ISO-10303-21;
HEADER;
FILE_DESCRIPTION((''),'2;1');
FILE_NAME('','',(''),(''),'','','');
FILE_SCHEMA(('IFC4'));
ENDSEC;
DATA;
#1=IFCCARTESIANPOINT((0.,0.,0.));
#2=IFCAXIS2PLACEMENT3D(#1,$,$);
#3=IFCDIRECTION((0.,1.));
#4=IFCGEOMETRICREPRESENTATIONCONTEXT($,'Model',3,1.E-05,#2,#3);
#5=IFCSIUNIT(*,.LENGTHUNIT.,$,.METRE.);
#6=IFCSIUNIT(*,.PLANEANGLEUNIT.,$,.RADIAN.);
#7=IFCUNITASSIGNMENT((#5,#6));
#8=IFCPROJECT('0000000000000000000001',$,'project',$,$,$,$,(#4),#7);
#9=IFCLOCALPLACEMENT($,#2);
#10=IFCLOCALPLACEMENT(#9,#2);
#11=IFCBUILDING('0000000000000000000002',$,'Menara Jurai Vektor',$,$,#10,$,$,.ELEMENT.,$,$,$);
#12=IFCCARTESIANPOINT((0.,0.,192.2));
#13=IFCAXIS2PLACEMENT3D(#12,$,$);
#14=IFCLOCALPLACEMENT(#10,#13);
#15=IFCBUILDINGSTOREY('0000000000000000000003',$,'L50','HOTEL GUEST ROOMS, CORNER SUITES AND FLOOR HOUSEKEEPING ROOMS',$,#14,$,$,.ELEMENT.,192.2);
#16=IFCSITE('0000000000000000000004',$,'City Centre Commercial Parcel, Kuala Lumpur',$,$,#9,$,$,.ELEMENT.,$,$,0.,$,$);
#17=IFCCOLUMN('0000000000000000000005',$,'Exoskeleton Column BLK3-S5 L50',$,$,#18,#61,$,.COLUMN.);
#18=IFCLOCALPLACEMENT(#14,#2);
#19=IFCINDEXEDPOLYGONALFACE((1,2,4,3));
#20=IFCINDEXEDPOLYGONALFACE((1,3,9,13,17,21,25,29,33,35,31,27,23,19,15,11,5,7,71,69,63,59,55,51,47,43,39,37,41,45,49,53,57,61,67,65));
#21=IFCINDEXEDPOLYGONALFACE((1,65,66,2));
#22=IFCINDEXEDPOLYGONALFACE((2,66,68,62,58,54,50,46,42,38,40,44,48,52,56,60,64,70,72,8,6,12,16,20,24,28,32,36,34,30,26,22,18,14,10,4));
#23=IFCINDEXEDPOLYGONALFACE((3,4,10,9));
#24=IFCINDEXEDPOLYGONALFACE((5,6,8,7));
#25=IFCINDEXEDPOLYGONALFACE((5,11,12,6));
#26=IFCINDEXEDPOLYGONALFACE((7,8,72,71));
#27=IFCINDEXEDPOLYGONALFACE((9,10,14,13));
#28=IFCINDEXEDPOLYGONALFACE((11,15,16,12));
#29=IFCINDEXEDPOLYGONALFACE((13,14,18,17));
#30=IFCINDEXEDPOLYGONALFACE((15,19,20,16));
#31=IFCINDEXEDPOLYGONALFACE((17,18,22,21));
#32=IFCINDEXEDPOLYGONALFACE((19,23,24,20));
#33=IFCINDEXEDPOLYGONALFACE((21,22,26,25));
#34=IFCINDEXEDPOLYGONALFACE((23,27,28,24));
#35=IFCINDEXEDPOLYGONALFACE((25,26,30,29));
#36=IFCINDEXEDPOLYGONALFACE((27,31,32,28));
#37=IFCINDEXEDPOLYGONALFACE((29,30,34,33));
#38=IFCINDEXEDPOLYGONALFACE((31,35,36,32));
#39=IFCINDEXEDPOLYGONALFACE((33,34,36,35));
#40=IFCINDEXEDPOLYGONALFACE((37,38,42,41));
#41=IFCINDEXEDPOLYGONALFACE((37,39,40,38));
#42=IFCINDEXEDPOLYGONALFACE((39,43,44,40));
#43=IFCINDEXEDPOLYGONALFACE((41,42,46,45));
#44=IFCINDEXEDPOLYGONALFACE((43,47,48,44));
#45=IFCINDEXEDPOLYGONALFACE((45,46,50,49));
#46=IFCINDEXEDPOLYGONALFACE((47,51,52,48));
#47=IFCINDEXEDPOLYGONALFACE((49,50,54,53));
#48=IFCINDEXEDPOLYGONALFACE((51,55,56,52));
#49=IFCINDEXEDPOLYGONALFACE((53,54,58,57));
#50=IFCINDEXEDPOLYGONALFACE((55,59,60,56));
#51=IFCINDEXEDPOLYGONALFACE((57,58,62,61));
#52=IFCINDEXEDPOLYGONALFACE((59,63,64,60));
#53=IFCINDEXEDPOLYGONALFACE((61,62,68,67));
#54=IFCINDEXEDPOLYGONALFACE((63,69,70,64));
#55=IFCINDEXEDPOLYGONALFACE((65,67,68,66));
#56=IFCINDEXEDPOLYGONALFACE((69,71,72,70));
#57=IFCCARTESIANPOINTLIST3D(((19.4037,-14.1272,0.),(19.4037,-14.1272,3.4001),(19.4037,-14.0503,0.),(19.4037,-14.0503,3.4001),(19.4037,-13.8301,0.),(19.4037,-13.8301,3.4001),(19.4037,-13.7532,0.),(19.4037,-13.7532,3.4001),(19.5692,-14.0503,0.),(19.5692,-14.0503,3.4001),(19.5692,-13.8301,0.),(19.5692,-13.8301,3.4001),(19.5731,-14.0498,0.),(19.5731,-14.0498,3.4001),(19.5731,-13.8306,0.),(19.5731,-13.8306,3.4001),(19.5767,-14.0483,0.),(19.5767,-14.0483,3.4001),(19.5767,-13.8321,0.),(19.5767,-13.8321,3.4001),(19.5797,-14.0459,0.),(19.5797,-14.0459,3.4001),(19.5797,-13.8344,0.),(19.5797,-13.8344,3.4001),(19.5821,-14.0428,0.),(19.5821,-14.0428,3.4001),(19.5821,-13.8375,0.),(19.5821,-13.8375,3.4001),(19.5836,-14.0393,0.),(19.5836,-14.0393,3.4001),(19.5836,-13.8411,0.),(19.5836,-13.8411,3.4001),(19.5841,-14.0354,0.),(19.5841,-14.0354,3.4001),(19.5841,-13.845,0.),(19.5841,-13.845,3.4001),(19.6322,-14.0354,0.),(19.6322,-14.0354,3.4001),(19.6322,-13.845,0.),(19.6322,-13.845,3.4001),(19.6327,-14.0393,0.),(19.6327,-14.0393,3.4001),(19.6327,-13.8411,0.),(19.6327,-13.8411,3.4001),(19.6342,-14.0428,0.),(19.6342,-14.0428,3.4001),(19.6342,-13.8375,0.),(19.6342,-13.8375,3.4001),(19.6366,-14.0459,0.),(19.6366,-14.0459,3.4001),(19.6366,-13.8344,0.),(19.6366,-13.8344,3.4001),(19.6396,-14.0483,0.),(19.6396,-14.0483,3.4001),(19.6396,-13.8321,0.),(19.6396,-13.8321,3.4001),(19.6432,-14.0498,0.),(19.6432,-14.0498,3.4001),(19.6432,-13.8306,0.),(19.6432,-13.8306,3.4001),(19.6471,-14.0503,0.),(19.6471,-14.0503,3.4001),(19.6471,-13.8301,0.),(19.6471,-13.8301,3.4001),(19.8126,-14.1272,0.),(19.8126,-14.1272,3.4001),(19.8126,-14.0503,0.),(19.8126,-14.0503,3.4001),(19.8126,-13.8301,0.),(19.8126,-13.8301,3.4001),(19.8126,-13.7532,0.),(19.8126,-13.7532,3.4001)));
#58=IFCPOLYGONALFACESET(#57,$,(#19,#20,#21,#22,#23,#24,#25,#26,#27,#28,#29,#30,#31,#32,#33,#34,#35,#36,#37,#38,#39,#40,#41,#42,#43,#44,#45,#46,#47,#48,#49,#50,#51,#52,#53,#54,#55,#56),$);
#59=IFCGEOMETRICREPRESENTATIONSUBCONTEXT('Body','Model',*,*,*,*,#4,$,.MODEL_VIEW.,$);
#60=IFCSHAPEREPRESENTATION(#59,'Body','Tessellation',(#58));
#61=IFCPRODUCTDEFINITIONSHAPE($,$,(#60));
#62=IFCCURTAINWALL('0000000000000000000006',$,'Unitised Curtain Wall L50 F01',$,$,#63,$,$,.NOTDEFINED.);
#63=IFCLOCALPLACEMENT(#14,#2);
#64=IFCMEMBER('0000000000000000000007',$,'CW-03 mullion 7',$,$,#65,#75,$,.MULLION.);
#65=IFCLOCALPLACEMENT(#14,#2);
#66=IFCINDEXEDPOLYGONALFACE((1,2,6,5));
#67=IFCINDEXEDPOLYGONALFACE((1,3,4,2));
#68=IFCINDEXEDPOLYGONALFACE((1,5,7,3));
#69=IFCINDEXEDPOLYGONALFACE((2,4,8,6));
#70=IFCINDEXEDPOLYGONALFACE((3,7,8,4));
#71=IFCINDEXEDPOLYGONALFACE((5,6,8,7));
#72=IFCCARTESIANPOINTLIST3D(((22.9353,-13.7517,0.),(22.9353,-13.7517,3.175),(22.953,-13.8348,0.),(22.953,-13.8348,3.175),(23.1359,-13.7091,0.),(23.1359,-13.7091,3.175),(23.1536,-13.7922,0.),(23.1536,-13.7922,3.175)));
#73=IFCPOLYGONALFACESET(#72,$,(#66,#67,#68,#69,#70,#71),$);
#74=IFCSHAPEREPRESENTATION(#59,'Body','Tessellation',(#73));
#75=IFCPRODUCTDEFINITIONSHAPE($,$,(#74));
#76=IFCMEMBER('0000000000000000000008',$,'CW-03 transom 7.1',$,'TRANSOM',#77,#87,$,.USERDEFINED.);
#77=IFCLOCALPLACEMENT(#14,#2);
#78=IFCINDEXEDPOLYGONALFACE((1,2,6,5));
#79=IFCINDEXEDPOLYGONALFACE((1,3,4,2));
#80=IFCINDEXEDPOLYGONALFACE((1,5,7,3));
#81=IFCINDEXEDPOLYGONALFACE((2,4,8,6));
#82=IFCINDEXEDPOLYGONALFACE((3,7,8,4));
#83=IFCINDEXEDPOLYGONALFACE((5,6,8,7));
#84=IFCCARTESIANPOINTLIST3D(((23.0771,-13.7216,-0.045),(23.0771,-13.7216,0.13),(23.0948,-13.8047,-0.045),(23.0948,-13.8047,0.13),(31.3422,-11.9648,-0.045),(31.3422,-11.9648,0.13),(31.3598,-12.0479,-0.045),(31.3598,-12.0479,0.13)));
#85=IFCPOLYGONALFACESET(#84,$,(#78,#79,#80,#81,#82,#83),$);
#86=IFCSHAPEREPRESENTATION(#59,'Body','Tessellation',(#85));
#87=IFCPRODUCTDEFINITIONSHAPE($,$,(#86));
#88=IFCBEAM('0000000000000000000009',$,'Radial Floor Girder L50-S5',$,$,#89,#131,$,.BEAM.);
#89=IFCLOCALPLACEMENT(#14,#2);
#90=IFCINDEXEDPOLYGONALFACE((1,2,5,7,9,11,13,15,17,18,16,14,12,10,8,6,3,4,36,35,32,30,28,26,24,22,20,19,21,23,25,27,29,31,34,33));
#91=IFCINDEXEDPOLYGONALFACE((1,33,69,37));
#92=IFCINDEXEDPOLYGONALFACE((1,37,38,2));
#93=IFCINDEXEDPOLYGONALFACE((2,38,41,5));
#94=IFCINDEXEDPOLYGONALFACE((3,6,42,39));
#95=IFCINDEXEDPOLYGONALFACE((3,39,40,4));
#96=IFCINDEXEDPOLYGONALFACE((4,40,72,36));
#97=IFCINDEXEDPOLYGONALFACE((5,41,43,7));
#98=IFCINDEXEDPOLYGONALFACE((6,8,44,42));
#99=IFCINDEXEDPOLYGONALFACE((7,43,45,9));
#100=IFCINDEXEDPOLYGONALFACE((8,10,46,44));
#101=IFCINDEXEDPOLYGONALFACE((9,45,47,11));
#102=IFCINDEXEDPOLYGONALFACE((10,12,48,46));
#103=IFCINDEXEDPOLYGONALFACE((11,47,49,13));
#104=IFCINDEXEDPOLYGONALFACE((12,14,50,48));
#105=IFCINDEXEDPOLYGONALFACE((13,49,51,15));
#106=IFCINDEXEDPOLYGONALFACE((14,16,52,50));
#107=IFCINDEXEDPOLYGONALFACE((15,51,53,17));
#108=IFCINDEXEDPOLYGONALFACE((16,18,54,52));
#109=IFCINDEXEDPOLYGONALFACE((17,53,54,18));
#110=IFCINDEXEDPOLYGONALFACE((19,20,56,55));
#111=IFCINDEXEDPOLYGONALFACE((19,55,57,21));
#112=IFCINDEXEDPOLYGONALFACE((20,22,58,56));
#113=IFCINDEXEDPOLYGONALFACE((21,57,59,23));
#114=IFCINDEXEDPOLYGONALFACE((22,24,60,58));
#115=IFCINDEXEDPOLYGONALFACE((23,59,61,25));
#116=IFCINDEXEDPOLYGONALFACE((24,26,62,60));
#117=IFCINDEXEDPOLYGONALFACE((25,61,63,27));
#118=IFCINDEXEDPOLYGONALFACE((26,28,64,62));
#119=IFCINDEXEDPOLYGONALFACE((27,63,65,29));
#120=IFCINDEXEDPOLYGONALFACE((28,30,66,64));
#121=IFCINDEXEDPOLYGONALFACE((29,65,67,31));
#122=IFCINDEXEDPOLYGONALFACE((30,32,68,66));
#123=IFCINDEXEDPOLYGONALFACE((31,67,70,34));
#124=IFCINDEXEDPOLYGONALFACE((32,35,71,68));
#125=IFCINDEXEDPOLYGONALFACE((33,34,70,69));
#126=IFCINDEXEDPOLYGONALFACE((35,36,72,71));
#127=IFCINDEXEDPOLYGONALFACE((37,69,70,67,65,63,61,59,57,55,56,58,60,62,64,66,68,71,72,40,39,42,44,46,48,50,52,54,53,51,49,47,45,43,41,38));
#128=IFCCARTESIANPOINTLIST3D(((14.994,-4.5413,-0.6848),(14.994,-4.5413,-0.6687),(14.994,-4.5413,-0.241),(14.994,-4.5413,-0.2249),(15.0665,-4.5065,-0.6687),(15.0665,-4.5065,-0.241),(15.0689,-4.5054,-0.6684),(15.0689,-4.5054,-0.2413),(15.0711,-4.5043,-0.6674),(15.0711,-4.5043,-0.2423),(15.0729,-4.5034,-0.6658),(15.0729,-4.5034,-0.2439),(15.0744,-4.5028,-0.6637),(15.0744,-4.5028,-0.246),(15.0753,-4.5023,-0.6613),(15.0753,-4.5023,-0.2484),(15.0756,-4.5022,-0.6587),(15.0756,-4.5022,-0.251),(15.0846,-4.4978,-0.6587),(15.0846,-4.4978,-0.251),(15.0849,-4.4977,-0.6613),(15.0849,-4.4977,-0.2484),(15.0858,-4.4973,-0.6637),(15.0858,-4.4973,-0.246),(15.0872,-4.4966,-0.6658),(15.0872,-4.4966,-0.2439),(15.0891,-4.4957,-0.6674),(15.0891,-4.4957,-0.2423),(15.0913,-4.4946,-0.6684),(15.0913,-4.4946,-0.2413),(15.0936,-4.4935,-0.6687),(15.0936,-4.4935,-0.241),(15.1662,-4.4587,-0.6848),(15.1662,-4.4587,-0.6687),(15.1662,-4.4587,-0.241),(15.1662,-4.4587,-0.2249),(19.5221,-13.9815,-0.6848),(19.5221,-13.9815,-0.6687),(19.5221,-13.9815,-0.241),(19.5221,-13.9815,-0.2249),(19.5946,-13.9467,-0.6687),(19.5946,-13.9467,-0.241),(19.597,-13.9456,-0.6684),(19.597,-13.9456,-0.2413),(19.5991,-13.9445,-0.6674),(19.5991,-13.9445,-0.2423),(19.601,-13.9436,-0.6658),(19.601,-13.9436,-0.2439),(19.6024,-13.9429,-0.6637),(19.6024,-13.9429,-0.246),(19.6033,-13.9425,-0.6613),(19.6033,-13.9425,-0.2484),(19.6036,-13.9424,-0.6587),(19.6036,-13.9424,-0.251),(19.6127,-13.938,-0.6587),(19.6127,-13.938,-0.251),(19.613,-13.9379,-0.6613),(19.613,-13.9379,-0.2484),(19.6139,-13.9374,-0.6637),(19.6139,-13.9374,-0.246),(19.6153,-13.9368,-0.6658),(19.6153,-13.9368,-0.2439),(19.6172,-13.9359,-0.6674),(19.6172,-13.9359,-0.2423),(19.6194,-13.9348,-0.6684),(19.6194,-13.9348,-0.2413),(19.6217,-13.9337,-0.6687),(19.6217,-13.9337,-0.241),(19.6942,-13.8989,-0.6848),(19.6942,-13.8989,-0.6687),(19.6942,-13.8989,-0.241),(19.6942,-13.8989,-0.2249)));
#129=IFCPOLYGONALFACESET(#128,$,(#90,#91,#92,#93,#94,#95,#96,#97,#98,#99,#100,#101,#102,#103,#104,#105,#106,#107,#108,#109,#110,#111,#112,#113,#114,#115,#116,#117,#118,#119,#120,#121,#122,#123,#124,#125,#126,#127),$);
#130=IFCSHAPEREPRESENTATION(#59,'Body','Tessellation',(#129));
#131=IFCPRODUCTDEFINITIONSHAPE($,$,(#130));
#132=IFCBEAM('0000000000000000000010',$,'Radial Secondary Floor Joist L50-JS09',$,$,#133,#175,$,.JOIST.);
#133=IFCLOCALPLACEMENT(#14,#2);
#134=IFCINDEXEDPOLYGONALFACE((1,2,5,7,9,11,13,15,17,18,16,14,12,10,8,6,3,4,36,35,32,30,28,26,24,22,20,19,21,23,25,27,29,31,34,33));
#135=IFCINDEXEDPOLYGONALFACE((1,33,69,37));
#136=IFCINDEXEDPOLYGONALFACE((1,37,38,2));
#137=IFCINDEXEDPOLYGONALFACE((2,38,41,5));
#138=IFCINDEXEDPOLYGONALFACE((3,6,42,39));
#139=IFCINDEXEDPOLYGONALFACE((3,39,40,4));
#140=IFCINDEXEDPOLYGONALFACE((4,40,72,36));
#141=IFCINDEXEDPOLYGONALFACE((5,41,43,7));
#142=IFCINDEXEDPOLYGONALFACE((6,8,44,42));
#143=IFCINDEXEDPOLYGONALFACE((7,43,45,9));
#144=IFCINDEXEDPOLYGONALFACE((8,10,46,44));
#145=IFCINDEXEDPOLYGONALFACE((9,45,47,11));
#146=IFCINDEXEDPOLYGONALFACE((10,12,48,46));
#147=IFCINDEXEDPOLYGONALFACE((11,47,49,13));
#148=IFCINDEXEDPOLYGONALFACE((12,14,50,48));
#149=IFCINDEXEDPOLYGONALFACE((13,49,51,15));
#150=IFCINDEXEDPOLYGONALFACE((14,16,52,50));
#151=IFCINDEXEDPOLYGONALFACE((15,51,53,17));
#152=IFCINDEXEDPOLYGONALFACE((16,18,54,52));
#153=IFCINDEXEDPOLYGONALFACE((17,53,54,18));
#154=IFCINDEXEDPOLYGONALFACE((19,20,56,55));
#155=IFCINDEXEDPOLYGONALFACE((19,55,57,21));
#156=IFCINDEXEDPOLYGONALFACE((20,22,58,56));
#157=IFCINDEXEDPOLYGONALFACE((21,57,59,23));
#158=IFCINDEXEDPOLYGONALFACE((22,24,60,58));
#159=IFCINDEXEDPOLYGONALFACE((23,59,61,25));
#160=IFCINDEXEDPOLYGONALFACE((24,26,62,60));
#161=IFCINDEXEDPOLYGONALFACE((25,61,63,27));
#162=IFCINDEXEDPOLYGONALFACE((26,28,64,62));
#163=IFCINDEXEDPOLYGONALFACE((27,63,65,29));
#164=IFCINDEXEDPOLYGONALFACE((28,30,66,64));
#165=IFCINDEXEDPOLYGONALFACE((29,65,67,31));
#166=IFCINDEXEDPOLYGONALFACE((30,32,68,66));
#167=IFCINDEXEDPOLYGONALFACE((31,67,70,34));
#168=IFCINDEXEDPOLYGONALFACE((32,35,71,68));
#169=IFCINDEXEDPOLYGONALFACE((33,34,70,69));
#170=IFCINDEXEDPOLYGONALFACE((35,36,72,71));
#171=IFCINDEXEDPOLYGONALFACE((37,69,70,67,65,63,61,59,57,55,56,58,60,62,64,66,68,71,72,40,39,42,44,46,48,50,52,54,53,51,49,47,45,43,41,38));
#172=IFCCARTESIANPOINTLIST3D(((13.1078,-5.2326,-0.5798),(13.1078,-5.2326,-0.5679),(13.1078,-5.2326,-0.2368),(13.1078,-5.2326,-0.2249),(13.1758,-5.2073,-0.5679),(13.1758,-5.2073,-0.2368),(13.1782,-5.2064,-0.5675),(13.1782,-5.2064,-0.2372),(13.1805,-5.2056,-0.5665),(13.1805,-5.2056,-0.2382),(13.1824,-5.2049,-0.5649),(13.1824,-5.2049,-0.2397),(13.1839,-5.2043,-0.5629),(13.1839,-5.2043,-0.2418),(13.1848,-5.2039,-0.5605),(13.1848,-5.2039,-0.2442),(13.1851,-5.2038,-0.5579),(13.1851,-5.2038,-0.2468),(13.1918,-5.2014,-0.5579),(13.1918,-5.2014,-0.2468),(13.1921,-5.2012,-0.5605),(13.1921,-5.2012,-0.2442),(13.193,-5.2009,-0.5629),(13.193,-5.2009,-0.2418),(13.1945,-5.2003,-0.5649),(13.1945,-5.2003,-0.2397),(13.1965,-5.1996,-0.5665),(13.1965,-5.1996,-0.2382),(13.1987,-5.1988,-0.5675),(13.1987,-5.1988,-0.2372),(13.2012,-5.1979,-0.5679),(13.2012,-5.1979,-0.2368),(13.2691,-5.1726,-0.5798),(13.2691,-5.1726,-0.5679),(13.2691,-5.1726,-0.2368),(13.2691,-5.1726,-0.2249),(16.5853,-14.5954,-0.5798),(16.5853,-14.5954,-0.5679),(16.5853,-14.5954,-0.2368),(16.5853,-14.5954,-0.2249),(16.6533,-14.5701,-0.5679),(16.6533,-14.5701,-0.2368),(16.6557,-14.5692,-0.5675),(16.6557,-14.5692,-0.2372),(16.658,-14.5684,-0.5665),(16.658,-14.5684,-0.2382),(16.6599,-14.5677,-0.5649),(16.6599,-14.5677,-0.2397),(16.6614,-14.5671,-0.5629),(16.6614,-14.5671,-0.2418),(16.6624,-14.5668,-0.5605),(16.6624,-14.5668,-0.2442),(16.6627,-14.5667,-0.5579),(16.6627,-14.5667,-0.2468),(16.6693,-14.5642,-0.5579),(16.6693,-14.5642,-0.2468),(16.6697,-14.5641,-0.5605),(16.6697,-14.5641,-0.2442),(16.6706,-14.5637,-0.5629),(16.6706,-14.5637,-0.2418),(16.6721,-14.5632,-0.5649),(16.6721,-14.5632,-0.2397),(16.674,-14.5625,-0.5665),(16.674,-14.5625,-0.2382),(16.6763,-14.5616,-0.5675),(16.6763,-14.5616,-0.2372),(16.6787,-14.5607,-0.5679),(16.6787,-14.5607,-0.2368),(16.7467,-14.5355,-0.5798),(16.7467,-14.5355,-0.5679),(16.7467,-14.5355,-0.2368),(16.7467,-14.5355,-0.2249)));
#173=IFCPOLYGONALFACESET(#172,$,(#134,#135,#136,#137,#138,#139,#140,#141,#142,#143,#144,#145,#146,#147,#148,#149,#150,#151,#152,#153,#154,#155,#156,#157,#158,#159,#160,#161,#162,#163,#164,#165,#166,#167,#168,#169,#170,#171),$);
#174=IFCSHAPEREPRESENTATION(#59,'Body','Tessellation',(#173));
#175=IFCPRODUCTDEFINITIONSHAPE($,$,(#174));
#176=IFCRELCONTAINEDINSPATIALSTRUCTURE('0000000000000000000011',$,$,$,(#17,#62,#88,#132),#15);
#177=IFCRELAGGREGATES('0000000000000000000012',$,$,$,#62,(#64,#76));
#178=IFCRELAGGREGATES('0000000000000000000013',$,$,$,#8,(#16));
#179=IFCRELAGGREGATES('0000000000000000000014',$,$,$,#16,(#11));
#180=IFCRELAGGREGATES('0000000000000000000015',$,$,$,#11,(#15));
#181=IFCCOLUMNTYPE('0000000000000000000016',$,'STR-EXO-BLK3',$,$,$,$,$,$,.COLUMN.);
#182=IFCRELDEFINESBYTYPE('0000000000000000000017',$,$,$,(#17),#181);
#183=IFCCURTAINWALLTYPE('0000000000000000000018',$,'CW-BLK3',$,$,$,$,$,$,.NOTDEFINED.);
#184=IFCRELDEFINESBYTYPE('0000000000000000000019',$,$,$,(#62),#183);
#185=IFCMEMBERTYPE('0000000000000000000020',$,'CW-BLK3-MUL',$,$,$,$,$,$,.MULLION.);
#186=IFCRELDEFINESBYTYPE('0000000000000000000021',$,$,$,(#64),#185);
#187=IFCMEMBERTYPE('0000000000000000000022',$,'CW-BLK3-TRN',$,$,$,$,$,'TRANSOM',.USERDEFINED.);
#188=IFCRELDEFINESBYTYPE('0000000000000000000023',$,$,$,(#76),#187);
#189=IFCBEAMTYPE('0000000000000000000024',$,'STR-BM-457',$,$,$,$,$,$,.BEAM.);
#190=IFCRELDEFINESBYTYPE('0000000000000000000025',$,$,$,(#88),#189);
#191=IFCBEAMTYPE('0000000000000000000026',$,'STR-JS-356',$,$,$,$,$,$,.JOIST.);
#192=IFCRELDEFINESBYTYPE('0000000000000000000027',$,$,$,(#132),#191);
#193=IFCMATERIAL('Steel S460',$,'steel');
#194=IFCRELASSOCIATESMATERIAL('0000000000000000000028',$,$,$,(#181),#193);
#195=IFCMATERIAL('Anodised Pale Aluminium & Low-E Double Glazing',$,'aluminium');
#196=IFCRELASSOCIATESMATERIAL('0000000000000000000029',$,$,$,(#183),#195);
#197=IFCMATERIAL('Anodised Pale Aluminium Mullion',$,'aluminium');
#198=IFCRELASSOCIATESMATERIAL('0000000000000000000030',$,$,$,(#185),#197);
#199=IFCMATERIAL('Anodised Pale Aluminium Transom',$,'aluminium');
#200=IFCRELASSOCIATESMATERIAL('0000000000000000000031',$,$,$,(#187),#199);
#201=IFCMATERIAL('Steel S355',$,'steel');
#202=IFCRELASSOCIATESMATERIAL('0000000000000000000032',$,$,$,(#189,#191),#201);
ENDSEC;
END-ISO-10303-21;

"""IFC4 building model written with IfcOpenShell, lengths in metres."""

from ifc_helpers import new_model, si_unit, direction, frame, origin, origin_2d, place, context, subcontext, project, spatial, rectangle, i_section, extrude, material, material_profile, profile_set, type_object, element, aggregate, save


model = new_model("IFC4")

# Units and contexts
model_context = context("Model", 3, precision=1e-05, world=origin(), true_north=direction((0.0, 1.0)))
body_context = subcontext(model_context, "Body", "Model", "MODEL_VIEW")
ifc_project = project(units=[si_unit("LENGTHUNIT", "METRE"), si_unit("PLANEANGLEUNIT", "RADIAN")], contexts=[model_context])

# Site, building, storey
site_placement = place(None, origin())
site = spatial("IfcSite", under=ifc_project, at=site_placement, Name="City Centre Commercial Parcel, Kuala Lumpur", CompositionType="ELEMENT", RefElevation=0.0)
building_placement = place(site_placement, origin())
building = spatial("IfcBuilding", under=site, at=building_placement, Name="Menara Jurai Vektor", CompositionType="ELEMENT")
storey_placement = place(building_placement, frame((0.0, 0.0, 192.2)))
storey = spatial("IfcBuildingStorey", under=building, at=storey_placement, Name="L50", Description="HOTEL GUEST ROOMS, CORNER SUITES AND FLOOR HOUSEKEEPING ROOMS", CompositionType="ELEMENT", Elevation=192.2)

# Column
ifc_material_1 = material(Name="Steel S460", Category="steel")
ifc_material_profile_1 = material_profile(ifc_material_1, i_section(OverallWidth=0.4089, OverallDepth=0.374, WebThickness=0.0481, FlangeThickness=0.0769, FilletRadius=0.0149, at=origin_2d()), Name="HD 400x634")
ifc_profile_set_1 = profile_set([ifc_material_profile_1], Name="Steel S460")
column_type = type_object("IfcColumnType", Name="STR-EXO-BLK3", PredefinedType="COLUMN", material=ifc_profile_set_1)
column_placement = place(storey_placement, frame((19.6082, -13.9402, 0.0), z_axis=(0.0, 0.0, 1.0), x_axis=(1.0, 0.0, 0.0)))
element("IfcColumn", 1, at=column_placement, inside=storey, type_object=column_type, Name="Exoskeleton Column BLK3-S5 L50", PredefinedType="COLUMN", context=body_context, shape_type="SweptSolid", body=[
    extrude(i_section(OverallWidth=0.4089, OverallDepth=0.374, WebThickness=0.0481, FlangeThickness=0.0769, FilletRadius=0.0149, at=origin_2d()), origin(), (0.0, 0.0, 1.0), 3.4001),
])

# Curtain wall, members
ifc_material_2 = material(Name="Anodised Pale Aluminium & Low-E Double Glazing", Category="aluminium")
curtain_wall_type = type_object("IfcCurtainWallType", Name="CW-BLK3", PredefinedType="NOTDEFINED", material=ifc_material_2)
curtain_wall_placement = place(storey_placement, origin())
curtain_wall = element("IfcCurtainWall", 2, at=curtain_wall_placement, inside=storey, type_object=curtain_wall_type, Name="Unitised Curtain Wall L50 F01", PredefinedType="NOTDEFINED")
ifc_material_3 = material(Name="Anodised Pale Aluminium Mullion", Category="aluminium")
ifc_material_profile_2 = material_profile(ifc_material_3, rectangle(XDim=0.085, YDim=0.2051, at=origin_2d()), Name="ALU MUL 85x205")
ifc_profile_set_2 = profile_set([ifc_material_profile_2], Name="Anodised Pale Aluminium Mullion")
member_type_1 = type_object("IfcMemberType", Name="CW-BLK3-MUL", PredefinedType="MULLION", material=ifc_profile_set_2)
member_1_placement = place(storey_placement, frame((23.0444, -13.772, 0.0), z_axis=(0.0, 0.0, 1.0), x_axis=(-0.207911, 0.978148, 0.0)))
member_1 = element("IfcMember", 3, at=member_1_placement, type_object=member_type_1, Name="CW-03 mullion 7", PredefinedType="MULLION", context=body_context, shape_type="SweptSolid", body=[
    extrude(rectangle(XDim=0.085, YDim=0.2051, at=origin_2d()), origin(), (0.0, 0.0, 1.0), 3.175),
])
ifc_material_4 = material(Name="Anodised Pale Aluminium Transom", Category="aluminium")
ifc_material_profile_3 = material_profile(ifc_material_4, rectangle(XDim=0.085, YDim=0.175, at=origin_2d()), Name="ALU TRN 85x175")
ifc_profile_set_3 = profile_set([ifc_material_profile_3], Name="Anodised Pale Aluminium Transom")
member_type_2 = type_object("IfcMemberType", Name="CW-BLK3-TRN", ElementType="TRANSOM", PredefinedType="USERDEFINED", material=ifc_profile_set_3)
member_2_placement = place(storey_placement, frame((23.0859, -13.7632, 0.0425), z_axis=(0.978147, 0.207915, 0.0), x_axis=(-0.207915, 0.978147, 0.0)))
member_2 = element("IfcMember", 4, at=member_2_placement, type_object=member_type_2, Name="CW-03 transom 7.1", ObjectType="TRANSOM", PredefinedType="USERDEFINED", context=body_context, shape_type="SweptSolid", body=[
    extrude(rectangle(XDim=0.085, YDim=0.175, at=origin_2d()), origin(), (0.0, 0.0, 1.0), 8.4497),
])

# Beams
ifc_material_5 = material(Name="Steel S355", Category="steel")
ifc_material_profile_4 = material_profile(ifc_material_5, i_section(OverallWidth=0.1909, OverallDepth=0.46, WebThickness=0.01, FlangeThickness=0.0161, FilletRadius=0.01, at=origin_2d()), Name="UKB 457x191x82")
ifc_profile_set_4 = profile_set([ifc_material_profile_4], Name="Steel S355")
beam_type_1 = type_object("IfcBeamType", Name="STR-BM-457", PredefinedType="BEAM", material=ifc_profile_set_4)
beam_1_placement = place(storey_placement, frame((19.6082, -13.9402, -0.4548), z_axis=(-0.432482, 0.901643, 0.0), x_axis=(-0.901643, -0.432482, 0.0)))
element("IfcBeam", 5, at=beam_1_placement, inside=storey, type_object=beam_type_1, Name="Radial Floor Girder L50-S5", PredefinedType="BEAM", context=body_context, shape_type="SweptSolid", body=[
    extrude(i_section(OverallWidth=0.1909, OverallDepth=0.46, WebThickness=0.01, FlangeThickness=0.0161, FilletRadius=0.01, at=origin_2d()), origin(), (0.0, 0.0, 1.0), 10.47),
])
ifc_material_profile_5 = material_profile(ifc_material_5, i_section(OverallWidth=0.1721, OverallDepth=0.355, WebThickness=0.0071, FlangeThickness=0.012, FilletRadius=0.01, at=origin_2d()), Name="UKB 356x171x51")
ifc_profile_set_5 = profile_set([ifc_material_profile_5], Name="Steel S355")
beam_type_2 = type_object("IfcBeamType", Name="STR-JS-356", PredefinedType="JOIST", material=ifc_profile_set_5)
beam_2_placement = place(storey_placement, frame((16.666, -14.5654, -0.4023), z_axis=(-0.34818, 0.937428, 0.0), x_axis=(-0.937428, -0.34818, 0.0)))
element("IfcBeam", 6, at=beam_2_placement, inside=storey, type_object=beam_type_2, Name="Radial Secondary Floor Joist L50-JS09", PredefinedType="JOIST", context=body_context, shape_type="SweptSolid", body=[
    extrude(i_section(OverallWidth=0.1721, OverallDepth=0.355, WebThickness=0.0071, FlangeThickness=0.012, FilletRadius=0.01, at=origin_2d()), origin(), (0.0, 0.0, 1.0), 9.9878),
])

aggregate(curtain_wall, [member_1, member_2])

save(model, "model.ifc")
